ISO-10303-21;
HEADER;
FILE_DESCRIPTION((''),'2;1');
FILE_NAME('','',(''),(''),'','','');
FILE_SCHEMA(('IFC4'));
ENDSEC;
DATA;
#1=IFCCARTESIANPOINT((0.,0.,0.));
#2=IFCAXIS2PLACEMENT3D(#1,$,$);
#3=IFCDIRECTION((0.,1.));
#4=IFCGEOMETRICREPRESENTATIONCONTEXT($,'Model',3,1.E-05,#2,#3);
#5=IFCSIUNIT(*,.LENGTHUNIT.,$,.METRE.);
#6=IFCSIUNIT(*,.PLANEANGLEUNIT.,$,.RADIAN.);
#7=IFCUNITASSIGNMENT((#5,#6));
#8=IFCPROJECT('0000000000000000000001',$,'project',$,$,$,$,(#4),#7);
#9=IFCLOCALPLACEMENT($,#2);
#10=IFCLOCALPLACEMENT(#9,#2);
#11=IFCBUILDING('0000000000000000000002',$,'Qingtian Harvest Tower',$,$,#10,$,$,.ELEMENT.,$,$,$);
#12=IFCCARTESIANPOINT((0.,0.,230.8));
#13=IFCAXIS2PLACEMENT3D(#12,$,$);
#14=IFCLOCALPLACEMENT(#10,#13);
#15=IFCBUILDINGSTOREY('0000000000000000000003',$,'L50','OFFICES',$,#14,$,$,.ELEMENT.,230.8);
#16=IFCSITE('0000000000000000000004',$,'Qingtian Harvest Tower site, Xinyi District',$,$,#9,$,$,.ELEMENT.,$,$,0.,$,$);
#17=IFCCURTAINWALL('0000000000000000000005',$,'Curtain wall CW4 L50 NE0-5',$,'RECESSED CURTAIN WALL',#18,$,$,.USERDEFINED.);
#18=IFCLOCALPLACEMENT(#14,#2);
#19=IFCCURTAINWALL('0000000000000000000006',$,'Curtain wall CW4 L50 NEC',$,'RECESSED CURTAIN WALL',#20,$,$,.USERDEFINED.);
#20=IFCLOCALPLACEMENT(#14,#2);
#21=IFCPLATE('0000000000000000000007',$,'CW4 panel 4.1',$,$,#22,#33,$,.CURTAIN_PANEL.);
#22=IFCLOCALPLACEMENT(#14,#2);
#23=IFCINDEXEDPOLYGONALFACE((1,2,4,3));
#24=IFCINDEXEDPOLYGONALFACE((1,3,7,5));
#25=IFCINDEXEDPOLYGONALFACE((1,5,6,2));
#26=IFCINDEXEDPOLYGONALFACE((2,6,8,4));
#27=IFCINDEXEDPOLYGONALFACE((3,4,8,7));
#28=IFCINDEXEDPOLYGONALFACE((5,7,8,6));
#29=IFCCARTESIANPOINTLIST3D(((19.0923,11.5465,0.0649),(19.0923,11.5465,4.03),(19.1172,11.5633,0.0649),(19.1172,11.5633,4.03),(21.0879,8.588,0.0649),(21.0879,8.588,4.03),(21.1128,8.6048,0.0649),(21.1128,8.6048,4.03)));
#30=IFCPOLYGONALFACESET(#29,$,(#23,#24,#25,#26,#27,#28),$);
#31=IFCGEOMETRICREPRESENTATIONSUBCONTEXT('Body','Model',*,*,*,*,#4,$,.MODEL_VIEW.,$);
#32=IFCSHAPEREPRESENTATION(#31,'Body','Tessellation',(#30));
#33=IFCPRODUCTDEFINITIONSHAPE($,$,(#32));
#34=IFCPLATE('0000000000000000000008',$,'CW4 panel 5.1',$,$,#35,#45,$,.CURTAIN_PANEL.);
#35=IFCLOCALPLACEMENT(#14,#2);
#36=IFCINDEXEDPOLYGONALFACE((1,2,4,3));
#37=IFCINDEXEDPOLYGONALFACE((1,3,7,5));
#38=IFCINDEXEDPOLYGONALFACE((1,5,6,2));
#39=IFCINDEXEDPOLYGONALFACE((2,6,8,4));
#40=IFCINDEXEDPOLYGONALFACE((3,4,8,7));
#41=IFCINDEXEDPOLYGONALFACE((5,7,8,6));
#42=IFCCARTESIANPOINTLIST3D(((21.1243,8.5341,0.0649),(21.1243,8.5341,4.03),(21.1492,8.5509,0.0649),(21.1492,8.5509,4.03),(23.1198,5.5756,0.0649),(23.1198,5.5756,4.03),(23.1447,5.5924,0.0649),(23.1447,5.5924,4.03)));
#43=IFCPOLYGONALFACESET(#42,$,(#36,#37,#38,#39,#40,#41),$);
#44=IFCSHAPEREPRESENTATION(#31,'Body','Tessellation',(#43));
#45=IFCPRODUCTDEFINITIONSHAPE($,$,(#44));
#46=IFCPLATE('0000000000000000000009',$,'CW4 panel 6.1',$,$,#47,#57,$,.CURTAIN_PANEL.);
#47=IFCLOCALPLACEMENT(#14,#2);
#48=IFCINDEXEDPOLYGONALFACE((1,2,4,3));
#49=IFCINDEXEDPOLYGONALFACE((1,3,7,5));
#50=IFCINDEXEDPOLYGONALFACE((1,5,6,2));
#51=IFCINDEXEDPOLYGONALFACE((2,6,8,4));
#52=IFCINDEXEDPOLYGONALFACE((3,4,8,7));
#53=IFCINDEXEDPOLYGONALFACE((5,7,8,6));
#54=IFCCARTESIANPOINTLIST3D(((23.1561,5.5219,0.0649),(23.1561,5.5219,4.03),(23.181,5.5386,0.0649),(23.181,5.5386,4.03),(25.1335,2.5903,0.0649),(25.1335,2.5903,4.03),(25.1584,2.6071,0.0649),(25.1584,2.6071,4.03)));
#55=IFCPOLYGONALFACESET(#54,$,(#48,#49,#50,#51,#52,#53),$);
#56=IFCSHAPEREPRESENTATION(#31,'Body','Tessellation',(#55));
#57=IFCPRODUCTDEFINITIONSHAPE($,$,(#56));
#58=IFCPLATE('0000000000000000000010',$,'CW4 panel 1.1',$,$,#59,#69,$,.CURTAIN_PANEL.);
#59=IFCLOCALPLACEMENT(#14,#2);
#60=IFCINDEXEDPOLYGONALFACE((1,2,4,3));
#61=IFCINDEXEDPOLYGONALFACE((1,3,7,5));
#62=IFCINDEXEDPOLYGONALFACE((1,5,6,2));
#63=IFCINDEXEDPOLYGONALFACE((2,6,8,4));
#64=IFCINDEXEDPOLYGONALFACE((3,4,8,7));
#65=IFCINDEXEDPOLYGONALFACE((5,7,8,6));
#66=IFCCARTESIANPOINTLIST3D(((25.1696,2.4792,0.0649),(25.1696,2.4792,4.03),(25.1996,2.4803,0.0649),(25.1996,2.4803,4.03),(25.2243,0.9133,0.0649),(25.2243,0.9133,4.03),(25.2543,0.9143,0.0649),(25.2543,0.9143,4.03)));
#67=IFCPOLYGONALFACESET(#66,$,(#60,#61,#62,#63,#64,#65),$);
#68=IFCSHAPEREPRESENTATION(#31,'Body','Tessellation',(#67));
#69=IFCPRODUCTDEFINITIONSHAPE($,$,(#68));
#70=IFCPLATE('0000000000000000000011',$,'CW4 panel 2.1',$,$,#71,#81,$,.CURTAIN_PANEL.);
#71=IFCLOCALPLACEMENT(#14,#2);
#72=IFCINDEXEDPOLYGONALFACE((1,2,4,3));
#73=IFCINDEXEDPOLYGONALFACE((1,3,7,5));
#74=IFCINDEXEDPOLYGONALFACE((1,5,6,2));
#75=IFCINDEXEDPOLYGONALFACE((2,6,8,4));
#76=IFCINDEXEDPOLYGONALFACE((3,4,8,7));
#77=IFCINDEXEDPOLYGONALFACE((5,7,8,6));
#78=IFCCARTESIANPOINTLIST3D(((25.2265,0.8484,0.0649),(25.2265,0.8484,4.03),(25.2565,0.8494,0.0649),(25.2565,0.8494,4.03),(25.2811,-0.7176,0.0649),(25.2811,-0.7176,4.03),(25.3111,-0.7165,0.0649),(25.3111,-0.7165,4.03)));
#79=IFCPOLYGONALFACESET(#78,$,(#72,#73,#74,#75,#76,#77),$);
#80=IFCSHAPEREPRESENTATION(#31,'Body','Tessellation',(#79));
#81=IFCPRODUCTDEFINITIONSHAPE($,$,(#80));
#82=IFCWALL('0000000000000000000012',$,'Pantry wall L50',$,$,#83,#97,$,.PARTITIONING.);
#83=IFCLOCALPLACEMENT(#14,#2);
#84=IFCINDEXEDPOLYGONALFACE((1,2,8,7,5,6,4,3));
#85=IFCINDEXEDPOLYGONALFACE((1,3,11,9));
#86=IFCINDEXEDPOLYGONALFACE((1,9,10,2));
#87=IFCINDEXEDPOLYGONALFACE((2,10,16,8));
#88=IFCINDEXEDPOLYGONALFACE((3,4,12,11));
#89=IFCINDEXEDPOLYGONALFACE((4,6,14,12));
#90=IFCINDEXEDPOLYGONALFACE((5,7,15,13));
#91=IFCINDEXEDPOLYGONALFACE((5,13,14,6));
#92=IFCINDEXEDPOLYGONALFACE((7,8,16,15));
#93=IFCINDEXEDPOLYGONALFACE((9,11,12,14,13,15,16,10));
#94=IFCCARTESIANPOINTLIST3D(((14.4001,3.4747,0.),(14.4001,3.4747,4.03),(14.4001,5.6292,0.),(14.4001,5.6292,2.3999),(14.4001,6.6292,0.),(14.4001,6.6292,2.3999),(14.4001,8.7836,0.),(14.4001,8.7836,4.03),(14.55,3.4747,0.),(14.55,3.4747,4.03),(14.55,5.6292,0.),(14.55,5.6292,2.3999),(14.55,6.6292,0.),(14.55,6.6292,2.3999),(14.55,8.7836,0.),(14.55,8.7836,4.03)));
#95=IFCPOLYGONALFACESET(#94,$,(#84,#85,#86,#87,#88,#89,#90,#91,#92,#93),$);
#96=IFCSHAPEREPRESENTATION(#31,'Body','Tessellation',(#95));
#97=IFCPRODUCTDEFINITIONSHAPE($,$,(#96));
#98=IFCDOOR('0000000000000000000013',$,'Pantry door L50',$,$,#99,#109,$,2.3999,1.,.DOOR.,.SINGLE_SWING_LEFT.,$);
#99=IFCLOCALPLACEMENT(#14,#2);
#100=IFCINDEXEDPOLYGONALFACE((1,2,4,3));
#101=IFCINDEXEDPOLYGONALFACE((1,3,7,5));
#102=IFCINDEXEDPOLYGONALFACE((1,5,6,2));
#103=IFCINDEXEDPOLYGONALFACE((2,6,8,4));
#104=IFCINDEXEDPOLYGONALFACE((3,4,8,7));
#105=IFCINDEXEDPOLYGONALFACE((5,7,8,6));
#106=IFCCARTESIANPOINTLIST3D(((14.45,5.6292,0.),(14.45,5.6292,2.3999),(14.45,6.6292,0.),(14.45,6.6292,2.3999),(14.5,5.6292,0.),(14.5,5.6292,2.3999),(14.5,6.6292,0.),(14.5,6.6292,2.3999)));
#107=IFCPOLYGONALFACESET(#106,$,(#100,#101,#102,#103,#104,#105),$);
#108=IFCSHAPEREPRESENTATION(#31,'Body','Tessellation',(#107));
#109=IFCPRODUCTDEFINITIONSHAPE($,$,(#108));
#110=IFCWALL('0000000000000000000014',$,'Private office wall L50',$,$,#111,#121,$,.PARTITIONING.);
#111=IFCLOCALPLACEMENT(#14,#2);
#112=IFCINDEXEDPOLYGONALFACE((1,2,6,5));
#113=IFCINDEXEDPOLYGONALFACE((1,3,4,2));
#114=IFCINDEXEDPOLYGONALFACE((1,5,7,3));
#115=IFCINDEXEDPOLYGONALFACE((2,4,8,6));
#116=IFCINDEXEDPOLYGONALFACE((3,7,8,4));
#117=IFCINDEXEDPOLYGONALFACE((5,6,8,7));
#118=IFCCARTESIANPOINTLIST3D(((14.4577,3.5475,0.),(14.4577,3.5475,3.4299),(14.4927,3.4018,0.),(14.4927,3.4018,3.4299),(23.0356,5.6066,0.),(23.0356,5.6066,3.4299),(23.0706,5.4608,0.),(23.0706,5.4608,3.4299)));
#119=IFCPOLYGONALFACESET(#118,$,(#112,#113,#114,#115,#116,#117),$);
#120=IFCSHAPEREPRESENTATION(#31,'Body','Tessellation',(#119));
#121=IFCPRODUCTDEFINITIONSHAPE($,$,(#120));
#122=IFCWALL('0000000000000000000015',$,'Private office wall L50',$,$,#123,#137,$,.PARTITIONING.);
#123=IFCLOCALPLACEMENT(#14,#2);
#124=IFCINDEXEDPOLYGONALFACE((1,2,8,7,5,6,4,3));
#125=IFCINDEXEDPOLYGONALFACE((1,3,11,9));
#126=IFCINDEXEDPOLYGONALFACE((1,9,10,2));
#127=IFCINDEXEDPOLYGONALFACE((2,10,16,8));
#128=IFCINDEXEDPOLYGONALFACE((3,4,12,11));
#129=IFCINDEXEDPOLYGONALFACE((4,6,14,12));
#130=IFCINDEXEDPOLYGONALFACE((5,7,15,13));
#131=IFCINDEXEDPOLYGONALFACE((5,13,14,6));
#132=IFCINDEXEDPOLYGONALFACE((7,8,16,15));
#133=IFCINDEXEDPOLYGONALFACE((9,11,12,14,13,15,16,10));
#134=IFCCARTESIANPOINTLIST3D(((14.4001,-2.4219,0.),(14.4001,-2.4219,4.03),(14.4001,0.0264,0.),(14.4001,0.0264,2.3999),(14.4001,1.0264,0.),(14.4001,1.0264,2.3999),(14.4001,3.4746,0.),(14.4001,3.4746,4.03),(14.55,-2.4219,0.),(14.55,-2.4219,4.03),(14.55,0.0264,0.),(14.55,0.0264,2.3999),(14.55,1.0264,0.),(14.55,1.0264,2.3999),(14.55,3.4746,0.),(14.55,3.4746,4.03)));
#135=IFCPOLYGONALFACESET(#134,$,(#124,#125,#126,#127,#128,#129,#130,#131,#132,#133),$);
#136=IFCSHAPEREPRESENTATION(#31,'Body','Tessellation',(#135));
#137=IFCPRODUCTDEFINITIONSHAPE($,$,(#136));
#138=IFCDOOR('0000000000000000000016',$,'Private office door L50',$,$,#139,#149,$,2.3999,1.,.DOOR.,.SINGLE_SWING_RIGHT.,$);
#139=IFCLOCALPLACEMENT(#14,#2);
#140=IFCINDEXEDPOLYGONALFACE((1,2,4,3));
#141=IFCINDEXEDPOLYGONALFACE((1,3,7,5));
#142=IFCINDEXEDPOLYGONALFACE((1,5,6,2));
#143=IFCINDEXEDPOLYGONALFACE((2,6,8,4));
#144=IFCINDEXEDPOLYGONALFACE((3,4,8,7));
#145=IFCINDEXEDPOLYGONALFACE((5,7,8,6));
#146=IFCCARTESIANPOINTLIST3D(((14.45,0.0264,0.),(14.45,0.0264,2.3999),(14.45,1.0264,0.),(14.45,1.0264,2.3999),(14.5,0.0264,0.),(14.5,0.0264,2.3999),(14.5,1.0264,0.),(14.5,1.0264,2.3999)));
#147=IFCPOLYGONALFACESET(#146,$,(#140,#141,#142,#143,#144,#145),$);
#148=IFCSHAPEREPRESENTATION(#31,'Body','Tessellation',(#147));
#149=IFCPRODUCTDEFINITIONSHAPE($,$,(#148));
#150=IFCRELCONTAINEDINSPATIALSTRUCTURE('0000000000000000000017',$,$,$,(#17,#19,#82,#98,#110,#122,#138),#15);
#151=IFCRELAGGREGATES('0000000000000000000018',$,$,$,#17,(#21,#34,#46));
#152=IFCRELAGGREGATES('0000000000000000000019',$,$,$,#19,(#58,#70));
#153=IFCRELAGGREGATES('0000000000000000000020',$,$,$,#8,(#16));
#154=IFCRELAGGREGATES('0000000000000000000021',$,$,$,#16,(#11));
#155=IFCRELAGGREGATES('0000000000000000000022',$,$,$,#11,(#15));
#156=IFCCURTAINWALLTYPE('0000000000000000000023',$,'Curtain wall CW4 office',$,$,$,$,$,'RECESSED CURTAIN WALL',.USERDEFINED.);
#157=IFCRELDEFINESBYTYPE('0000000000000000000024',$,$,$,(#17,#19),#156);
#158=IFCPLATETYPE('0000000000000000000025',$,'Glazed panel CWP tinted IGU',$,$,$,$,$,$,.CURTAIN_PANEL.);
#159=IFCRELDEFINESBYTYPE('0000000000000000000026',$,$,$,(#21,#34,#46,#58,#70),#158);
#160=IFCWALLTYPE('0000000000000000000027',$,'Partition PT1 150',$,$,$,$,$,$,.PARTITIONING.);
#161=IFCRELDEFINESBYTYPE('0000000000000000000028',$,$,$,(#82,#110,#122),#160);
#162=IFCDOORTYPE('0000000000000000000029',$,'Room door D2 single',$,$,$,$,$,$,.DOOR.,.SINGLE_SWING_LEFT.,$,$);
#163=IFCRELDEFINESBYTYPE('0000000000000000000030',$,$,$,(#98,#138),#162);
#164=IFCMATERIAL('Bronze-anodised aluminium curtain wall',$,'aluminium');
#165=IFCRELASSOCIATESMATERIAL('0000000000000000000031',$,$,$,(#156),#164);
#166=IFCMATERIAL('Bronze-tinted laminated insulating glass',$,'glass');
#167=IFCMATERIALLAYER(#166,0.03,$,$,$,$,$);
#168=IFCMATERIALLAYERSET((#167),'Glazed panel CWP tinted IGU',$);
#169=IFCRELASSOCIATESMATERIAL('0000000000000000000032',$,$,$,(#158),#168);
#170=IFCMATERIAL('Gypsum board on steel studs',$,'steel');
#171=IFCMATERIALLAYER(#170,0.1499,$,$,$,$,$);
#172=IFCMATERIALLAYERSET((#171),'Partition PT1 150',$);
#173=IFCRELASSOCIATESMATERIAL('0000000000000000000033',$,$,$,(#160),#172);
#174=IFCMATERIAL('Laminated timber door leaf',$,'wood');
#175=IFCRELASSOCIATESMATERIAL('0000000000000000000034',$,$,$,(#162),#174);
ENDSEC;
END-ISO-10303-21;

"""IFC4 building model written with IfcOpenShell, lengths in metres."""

from ifc_helpers import new_model, si_unit, direction, frame, frame_2d, origin, origin_2d, place, context, subcontext, project, spatial, rectangle, extrude, material, layer, layer_set, type_object, element, fill, aggregate, save


model = new_model("IFC4")

# Units and contexts
model_context = context("Model", 3, precision=1e-05, world=origin(), true_north=direction((0.0, 1.0)))
body_context = subcontext(model_context, "Body", "Model", "MODEL_VIEW")
ifc_project = project(units=[si_unit("LENGTHUNIT", "METRE"), si_unit("PLANEANGLEUNIT", "RADIAN")], contexts=[model_context])

# Site, building, storey
site_placement = place(None, origin())
site = spatial("IfcSite", under=ifc_project, at=site_placement, Name="Qingtian Harvest Tower site, Xinyi District", CompositionType="ELEMENT", RefElevation=0.0)
building_placement = place(site_placement, origin())
building = spatial("IfcBuilding", under=site, at=building_placement, Name="Qingtian Harvest Tower", CompositionType="ELEMENT")
storey_placement = place(building_placement, frame((0.0, 0.0, 230.8)))
storey = spatial("IfcBuildingStorey", under=building, at=storey_placement, Name="L50", Description="OFFICES", CompositionType="ELEMENT", Elevation=230.8)

# Curtain walls
ifc_material_1 = material(Name="Bronze-anodised aluminium curtain wall", Category="aluminium")
curtain_wall_type = type_object("IfcCurtainWallType", Name="Curtain wall CW4 office", ElementType="RECESSED CURTAIN WALL", PredefinedType="USERDEFINED", material=ifc_material_1)
curtain_wall_1_placement = place(storey_placement, origin())
curtain_wall_1 = element("IfcCurtainWall", 1, at=curtain_wall_1_placement, inside=storey, type_object=curtain_wall_type, Name="Curtain wall CW4 L50 NE0-5", ObjectType="RECESSED CURTAIN WALL", PredefinedType="USERDEFINED")
curtain_wall_2_placement = place(storey_placement, origin())
curtain_wall_2 = element("IfcCurtainWall", 2, at=curtain_wall_2_placement, inside=storey, type_object=curtain_wall_type, Name="Curtain wall CW4 L50 NEC", ObjectType="RECESSED CURTAIN WALL", PredefinedType="USERDEFINED")

# Plates
ifc_material_2 = material(Name="Bronze-tinted laminated insulating glass", Category="glass")
ifc_layer_1 = layer(ifc_material_2, 0.03)
ifc_layer_set_1 = layer_set([ifc_layer_1], Name="Glazed panel CWP tinted IGU")
plate_type = type_object("IfcPlateType", Name="Glazed panel CWP tinted IGU", PredefinedType="CURTAIN_PANEL", material=ifc_layer_set_1)
plate_1_placement = place(storey_placement, frame((20.1025, 10.0757, 0.0649), z_axis=(0.0, 0.0, 1.0), x_axis=(0.559193, -0.829038, 0.0)))
plate_1 = element("IfcPlate", 3, at=plate_1_placement, type_object=plate_type, Name="CW4 panel 4.1", PredefinedType="CURTAIN_PANEL", context=body_context, shape_type="SweptSolid", body=[
    extrude(rectangle(XDim=3.5686, YDim=0.03, at=origin_2d()), origin(), (0.0, 0.0, 1.0), 3.9651),
])
plate_2_placement = place(storey_placement, frame((22.1345, 7.0632, 0.0649), z_axis=(0.0, 0.0, 1.0), x_axis=(0.559193, -0.829038, 0.0)))
plate_2 = element("IfcPlate", 4, at=plate_2_placement, type_object=plate_type, Name="CW4 panel 5.1", PredefinedType="CURTAIN_PANEL", context=body_context, shape_type="SweptSolid", body=[
    extrude(rectangle(XDim=3.5686, YDim=0.03, at=origin_2d()), origin(), (0.0, 0.0, 1.0), 3.9651),
])
plate_3_placement = place(storey_placement, frame((24.1572, 4.0645, 0.0649), z_axis=(0.0, 0.0, 1.0), x_axis=(0.559193, -0.829038, 0.0)))
plate_3 = element("IfcPlate", 5, at=plate_3_placement, type_object=plate_type, Name="CW4 panel 6.1", PredefinedType="CURTAIN_PANEL", context=body_context, shape_type="SweptSolid", body=[
    extrude(rectangle(XDim=3.5361, YDim=0.03, at=origin_2d()), origin(), (0.0, 0.0, 1.0), 3.9651),
])
aggregate(curtain_wall_1, [plate_1, plate_2, plate_3])
plate_4_placement = place(storey_placement, frame((25.2119, 1.6968, 0.0649), z_axis=(0.0, 0.0, 1.0), x_axis=(0.034899, -0.999391, 0.0)))
plate_4 = element("IfcPlate", 6, at=plate_4_placement, type_object=plate_type, Name="CW4 panel 1.1", PredefinedType="CURTAIN_PANEL", context=body_context, shape_type="SweptSolid", body=[
    extrude(rectangle(XDim=1.5669, YDim=0.03, at=origin_2d()), origin(), (0.0, 0.0, 1.0), 3.9651),
])
plate_5_placement = place(storey_placement, frame((25.2688, 0.0659, 0.0649), z_axis=(0.0, 0.0, 1.0), x_axis=(0.034899, -0.999391, 0.0)))
plate_5 = element("IfcPlate", 7, at=plate_5_placement, type_object=plate_type, Name="CW4 panel 2.1", PredefinedType="CURTAIN_PANEL", context=body_context, shape_type="SweptSolid", body=[
    extrude(rectangle(XDim=1.5669, YDim=0.03, at=origin_2d()), origin(), (0.0, 0.0, 1.0), 3.9651),
])
aggregate(curtain_wall_2, [plate_4, plate_5])

# Wall, opening, door
ifc_material_3 = material(Name="Gypsum board on steel studs", Category="steel")
ifc_layer_2 = layer(ifc_material_3, 0.1499)
ifc_layer_set_2 = layer_set([ifc_layer_2], Name="Partition PT1 150")
wall_type = type_object("IfcWallType", Name="Partition PT1 150", PredefinedType="PARTITIONING", material=ifc_layer_set_2)
wall_1_placement = place(storey_placement, frame((14.4751, 8.7834, 0.0), z_axis=(0.0, 0.0, 1.0), x_axis=(0.0, -1.0, 0.0)))
wall_1 = element("IfcWall", 8, at=wall_1_placement, inside=storey, type_object=wall_type, Name="Pantry wall L50", PredefinedType="PARTITIONING", context=body_context, shape_type="SweptSolid", body=[
    extrude(rectangle(XDim=5.3088, YDim=0.1499, at=frame_2d((2.6543, 0.0))), origin(), (0.0, 0.0, 1.0), 4.03),
])
opening_1_placement = place(wall_1_placement, frame((2.1543, 0.0, 0.0)))
opening_1 = element("IfcOpeningElement", 9, at=opening_1_placement, cuts=wall_1, PredefinedType="OPENING", context=body_context, shape_type="SweptSolid", body=[
    extrude(rectangle(XDim=1.0, YDim=2.3999, at=frame_2d((0.5, 1.2))), frame((0.0, 0.085, 0.0), z_axis=(0.0, -1.0, 0.0), x_axis=(1.0, 0.0, 0.0)), (0.0, 0.0, 1.0), 0.1699),
])
ifc_material_4 = material(Name="Laminated timber door leaf", Category="wood")
door_type = type_object("IfcDoorType", Name="Room door D2 single", OperationType="SINGLE_SWING_LEFT", PredefinedType="DOOR", material=ifc_material_4)
door_1_placement = place(opening_1_placement, origin())
door_1 = element("IfcDoor", 10, at=door_1_placement, inside=storey, type_object=door_type, Name="Pantry door L50", OperationType="SINGLE_SWING_LEFT", OverallHeight=2.3999, OverallWidth=1.0, PredefinedType="DOOR", context=body_context, shape_type="SweptSolid", body=[
    extrude(rectangle(XDim=1.0, YDim=2.3999, at=frame_2d((0.5, 1.2))), frame((0.0, 0.0249, 0.0), z_axis=(0.0, -1.0, 0.0), x_axis=(1.0, 0.0, 0.0)), (0.0, 0.0, 1.0), 0.05),
])
fill(opening_1, door_1)

# Wall
wall_2_placement = place(storey_placement, frame((23.053, 5.5337, 0.0), z_axis=(0.0, 0.0, 1.0), x_axis=(-0.972377, -0.233415, 0.0)))
element("IfcWall", 11, at=wall_2_placement, inside=storey, type_object=wall_type, Name="Private office wall L50", PredefinedType="PARTITIONING", context=body_context, shape_type="SweptSolid", body=[
    extrude(rectangle(XDim=8.8215, YDim=0.1499, at=frame_2d((4.4106, 0.0))), origin(), (0.0, 0.0, 1.0), 3.4299),
])

# Wall, opening, door
wall_3_placement = place(storey_placement, frame((14.4751, 3.4746, 0.0), z_axis=(0.0, 0.0, 1.0), x_axis=(0.0, -1.0, 0.0)))
wall_3 = element("IfcWall", 12, at=wall_3_placement, inside=storey, type_object=wall_type, Name="Private office wall L50", PredefinedType="PARTITIONING", context=body_context, shape_type="SweptSolid", body=[
    extrude(rectangle(XDim=5.8965, YDim=0.1499, at=frame_2d((2.9482, 0.0))), origin(), (0.0, 0.0, 1.0), 4.03),
])
opening_2_placement = place(wall_3_placement, frame((2.4482, 0.0, 0.0)))
opening_2 = element("IfcOpeningElement", 13, at=opening_2_placement, cuts=wall_3, PredefinedType="OPENING", context=body_context, shape_type="SweptSolid", body=[
    extrude(rectangle(XDim=1.0, YDim=2.3999, at=frame_2d((0.5, 1.2))), frame((0.0, 0.085, 0.0), z_axis=(0.0, -1.0, 0.0), x_axis=(1.0, 0.0, 0.0)), (0.0, 0.0, 1.0), 0.1699),
])
door_2_placement = place(opening_2_placement, origin())
door_2 = element("IfcDoor", 14, at=door_2_placement, inside=storey, type_object=door_type, Name="Private office door L50", OperationType="SINGLE_SWING_RIGHT", OverallHeight=2.3999, OverallWidth=1.0, PredefinedType="DOOR", context=body_context, shape_type="SweptSolid", body=[
    extrude(rectangle(XDim=1.0, YDim=2.3999, at=frame_2d((0.5, 1.2))), frame((0.0, 0.0249, 0.0), z_axis=(0.0, -1.0, 0.0), x_axis=(1.0, 0.0, 0.0)), (0.0, 0.0, 1.0), 0.05),
])
fill(opening_2, door_2)

save(model, "model.ifc")
